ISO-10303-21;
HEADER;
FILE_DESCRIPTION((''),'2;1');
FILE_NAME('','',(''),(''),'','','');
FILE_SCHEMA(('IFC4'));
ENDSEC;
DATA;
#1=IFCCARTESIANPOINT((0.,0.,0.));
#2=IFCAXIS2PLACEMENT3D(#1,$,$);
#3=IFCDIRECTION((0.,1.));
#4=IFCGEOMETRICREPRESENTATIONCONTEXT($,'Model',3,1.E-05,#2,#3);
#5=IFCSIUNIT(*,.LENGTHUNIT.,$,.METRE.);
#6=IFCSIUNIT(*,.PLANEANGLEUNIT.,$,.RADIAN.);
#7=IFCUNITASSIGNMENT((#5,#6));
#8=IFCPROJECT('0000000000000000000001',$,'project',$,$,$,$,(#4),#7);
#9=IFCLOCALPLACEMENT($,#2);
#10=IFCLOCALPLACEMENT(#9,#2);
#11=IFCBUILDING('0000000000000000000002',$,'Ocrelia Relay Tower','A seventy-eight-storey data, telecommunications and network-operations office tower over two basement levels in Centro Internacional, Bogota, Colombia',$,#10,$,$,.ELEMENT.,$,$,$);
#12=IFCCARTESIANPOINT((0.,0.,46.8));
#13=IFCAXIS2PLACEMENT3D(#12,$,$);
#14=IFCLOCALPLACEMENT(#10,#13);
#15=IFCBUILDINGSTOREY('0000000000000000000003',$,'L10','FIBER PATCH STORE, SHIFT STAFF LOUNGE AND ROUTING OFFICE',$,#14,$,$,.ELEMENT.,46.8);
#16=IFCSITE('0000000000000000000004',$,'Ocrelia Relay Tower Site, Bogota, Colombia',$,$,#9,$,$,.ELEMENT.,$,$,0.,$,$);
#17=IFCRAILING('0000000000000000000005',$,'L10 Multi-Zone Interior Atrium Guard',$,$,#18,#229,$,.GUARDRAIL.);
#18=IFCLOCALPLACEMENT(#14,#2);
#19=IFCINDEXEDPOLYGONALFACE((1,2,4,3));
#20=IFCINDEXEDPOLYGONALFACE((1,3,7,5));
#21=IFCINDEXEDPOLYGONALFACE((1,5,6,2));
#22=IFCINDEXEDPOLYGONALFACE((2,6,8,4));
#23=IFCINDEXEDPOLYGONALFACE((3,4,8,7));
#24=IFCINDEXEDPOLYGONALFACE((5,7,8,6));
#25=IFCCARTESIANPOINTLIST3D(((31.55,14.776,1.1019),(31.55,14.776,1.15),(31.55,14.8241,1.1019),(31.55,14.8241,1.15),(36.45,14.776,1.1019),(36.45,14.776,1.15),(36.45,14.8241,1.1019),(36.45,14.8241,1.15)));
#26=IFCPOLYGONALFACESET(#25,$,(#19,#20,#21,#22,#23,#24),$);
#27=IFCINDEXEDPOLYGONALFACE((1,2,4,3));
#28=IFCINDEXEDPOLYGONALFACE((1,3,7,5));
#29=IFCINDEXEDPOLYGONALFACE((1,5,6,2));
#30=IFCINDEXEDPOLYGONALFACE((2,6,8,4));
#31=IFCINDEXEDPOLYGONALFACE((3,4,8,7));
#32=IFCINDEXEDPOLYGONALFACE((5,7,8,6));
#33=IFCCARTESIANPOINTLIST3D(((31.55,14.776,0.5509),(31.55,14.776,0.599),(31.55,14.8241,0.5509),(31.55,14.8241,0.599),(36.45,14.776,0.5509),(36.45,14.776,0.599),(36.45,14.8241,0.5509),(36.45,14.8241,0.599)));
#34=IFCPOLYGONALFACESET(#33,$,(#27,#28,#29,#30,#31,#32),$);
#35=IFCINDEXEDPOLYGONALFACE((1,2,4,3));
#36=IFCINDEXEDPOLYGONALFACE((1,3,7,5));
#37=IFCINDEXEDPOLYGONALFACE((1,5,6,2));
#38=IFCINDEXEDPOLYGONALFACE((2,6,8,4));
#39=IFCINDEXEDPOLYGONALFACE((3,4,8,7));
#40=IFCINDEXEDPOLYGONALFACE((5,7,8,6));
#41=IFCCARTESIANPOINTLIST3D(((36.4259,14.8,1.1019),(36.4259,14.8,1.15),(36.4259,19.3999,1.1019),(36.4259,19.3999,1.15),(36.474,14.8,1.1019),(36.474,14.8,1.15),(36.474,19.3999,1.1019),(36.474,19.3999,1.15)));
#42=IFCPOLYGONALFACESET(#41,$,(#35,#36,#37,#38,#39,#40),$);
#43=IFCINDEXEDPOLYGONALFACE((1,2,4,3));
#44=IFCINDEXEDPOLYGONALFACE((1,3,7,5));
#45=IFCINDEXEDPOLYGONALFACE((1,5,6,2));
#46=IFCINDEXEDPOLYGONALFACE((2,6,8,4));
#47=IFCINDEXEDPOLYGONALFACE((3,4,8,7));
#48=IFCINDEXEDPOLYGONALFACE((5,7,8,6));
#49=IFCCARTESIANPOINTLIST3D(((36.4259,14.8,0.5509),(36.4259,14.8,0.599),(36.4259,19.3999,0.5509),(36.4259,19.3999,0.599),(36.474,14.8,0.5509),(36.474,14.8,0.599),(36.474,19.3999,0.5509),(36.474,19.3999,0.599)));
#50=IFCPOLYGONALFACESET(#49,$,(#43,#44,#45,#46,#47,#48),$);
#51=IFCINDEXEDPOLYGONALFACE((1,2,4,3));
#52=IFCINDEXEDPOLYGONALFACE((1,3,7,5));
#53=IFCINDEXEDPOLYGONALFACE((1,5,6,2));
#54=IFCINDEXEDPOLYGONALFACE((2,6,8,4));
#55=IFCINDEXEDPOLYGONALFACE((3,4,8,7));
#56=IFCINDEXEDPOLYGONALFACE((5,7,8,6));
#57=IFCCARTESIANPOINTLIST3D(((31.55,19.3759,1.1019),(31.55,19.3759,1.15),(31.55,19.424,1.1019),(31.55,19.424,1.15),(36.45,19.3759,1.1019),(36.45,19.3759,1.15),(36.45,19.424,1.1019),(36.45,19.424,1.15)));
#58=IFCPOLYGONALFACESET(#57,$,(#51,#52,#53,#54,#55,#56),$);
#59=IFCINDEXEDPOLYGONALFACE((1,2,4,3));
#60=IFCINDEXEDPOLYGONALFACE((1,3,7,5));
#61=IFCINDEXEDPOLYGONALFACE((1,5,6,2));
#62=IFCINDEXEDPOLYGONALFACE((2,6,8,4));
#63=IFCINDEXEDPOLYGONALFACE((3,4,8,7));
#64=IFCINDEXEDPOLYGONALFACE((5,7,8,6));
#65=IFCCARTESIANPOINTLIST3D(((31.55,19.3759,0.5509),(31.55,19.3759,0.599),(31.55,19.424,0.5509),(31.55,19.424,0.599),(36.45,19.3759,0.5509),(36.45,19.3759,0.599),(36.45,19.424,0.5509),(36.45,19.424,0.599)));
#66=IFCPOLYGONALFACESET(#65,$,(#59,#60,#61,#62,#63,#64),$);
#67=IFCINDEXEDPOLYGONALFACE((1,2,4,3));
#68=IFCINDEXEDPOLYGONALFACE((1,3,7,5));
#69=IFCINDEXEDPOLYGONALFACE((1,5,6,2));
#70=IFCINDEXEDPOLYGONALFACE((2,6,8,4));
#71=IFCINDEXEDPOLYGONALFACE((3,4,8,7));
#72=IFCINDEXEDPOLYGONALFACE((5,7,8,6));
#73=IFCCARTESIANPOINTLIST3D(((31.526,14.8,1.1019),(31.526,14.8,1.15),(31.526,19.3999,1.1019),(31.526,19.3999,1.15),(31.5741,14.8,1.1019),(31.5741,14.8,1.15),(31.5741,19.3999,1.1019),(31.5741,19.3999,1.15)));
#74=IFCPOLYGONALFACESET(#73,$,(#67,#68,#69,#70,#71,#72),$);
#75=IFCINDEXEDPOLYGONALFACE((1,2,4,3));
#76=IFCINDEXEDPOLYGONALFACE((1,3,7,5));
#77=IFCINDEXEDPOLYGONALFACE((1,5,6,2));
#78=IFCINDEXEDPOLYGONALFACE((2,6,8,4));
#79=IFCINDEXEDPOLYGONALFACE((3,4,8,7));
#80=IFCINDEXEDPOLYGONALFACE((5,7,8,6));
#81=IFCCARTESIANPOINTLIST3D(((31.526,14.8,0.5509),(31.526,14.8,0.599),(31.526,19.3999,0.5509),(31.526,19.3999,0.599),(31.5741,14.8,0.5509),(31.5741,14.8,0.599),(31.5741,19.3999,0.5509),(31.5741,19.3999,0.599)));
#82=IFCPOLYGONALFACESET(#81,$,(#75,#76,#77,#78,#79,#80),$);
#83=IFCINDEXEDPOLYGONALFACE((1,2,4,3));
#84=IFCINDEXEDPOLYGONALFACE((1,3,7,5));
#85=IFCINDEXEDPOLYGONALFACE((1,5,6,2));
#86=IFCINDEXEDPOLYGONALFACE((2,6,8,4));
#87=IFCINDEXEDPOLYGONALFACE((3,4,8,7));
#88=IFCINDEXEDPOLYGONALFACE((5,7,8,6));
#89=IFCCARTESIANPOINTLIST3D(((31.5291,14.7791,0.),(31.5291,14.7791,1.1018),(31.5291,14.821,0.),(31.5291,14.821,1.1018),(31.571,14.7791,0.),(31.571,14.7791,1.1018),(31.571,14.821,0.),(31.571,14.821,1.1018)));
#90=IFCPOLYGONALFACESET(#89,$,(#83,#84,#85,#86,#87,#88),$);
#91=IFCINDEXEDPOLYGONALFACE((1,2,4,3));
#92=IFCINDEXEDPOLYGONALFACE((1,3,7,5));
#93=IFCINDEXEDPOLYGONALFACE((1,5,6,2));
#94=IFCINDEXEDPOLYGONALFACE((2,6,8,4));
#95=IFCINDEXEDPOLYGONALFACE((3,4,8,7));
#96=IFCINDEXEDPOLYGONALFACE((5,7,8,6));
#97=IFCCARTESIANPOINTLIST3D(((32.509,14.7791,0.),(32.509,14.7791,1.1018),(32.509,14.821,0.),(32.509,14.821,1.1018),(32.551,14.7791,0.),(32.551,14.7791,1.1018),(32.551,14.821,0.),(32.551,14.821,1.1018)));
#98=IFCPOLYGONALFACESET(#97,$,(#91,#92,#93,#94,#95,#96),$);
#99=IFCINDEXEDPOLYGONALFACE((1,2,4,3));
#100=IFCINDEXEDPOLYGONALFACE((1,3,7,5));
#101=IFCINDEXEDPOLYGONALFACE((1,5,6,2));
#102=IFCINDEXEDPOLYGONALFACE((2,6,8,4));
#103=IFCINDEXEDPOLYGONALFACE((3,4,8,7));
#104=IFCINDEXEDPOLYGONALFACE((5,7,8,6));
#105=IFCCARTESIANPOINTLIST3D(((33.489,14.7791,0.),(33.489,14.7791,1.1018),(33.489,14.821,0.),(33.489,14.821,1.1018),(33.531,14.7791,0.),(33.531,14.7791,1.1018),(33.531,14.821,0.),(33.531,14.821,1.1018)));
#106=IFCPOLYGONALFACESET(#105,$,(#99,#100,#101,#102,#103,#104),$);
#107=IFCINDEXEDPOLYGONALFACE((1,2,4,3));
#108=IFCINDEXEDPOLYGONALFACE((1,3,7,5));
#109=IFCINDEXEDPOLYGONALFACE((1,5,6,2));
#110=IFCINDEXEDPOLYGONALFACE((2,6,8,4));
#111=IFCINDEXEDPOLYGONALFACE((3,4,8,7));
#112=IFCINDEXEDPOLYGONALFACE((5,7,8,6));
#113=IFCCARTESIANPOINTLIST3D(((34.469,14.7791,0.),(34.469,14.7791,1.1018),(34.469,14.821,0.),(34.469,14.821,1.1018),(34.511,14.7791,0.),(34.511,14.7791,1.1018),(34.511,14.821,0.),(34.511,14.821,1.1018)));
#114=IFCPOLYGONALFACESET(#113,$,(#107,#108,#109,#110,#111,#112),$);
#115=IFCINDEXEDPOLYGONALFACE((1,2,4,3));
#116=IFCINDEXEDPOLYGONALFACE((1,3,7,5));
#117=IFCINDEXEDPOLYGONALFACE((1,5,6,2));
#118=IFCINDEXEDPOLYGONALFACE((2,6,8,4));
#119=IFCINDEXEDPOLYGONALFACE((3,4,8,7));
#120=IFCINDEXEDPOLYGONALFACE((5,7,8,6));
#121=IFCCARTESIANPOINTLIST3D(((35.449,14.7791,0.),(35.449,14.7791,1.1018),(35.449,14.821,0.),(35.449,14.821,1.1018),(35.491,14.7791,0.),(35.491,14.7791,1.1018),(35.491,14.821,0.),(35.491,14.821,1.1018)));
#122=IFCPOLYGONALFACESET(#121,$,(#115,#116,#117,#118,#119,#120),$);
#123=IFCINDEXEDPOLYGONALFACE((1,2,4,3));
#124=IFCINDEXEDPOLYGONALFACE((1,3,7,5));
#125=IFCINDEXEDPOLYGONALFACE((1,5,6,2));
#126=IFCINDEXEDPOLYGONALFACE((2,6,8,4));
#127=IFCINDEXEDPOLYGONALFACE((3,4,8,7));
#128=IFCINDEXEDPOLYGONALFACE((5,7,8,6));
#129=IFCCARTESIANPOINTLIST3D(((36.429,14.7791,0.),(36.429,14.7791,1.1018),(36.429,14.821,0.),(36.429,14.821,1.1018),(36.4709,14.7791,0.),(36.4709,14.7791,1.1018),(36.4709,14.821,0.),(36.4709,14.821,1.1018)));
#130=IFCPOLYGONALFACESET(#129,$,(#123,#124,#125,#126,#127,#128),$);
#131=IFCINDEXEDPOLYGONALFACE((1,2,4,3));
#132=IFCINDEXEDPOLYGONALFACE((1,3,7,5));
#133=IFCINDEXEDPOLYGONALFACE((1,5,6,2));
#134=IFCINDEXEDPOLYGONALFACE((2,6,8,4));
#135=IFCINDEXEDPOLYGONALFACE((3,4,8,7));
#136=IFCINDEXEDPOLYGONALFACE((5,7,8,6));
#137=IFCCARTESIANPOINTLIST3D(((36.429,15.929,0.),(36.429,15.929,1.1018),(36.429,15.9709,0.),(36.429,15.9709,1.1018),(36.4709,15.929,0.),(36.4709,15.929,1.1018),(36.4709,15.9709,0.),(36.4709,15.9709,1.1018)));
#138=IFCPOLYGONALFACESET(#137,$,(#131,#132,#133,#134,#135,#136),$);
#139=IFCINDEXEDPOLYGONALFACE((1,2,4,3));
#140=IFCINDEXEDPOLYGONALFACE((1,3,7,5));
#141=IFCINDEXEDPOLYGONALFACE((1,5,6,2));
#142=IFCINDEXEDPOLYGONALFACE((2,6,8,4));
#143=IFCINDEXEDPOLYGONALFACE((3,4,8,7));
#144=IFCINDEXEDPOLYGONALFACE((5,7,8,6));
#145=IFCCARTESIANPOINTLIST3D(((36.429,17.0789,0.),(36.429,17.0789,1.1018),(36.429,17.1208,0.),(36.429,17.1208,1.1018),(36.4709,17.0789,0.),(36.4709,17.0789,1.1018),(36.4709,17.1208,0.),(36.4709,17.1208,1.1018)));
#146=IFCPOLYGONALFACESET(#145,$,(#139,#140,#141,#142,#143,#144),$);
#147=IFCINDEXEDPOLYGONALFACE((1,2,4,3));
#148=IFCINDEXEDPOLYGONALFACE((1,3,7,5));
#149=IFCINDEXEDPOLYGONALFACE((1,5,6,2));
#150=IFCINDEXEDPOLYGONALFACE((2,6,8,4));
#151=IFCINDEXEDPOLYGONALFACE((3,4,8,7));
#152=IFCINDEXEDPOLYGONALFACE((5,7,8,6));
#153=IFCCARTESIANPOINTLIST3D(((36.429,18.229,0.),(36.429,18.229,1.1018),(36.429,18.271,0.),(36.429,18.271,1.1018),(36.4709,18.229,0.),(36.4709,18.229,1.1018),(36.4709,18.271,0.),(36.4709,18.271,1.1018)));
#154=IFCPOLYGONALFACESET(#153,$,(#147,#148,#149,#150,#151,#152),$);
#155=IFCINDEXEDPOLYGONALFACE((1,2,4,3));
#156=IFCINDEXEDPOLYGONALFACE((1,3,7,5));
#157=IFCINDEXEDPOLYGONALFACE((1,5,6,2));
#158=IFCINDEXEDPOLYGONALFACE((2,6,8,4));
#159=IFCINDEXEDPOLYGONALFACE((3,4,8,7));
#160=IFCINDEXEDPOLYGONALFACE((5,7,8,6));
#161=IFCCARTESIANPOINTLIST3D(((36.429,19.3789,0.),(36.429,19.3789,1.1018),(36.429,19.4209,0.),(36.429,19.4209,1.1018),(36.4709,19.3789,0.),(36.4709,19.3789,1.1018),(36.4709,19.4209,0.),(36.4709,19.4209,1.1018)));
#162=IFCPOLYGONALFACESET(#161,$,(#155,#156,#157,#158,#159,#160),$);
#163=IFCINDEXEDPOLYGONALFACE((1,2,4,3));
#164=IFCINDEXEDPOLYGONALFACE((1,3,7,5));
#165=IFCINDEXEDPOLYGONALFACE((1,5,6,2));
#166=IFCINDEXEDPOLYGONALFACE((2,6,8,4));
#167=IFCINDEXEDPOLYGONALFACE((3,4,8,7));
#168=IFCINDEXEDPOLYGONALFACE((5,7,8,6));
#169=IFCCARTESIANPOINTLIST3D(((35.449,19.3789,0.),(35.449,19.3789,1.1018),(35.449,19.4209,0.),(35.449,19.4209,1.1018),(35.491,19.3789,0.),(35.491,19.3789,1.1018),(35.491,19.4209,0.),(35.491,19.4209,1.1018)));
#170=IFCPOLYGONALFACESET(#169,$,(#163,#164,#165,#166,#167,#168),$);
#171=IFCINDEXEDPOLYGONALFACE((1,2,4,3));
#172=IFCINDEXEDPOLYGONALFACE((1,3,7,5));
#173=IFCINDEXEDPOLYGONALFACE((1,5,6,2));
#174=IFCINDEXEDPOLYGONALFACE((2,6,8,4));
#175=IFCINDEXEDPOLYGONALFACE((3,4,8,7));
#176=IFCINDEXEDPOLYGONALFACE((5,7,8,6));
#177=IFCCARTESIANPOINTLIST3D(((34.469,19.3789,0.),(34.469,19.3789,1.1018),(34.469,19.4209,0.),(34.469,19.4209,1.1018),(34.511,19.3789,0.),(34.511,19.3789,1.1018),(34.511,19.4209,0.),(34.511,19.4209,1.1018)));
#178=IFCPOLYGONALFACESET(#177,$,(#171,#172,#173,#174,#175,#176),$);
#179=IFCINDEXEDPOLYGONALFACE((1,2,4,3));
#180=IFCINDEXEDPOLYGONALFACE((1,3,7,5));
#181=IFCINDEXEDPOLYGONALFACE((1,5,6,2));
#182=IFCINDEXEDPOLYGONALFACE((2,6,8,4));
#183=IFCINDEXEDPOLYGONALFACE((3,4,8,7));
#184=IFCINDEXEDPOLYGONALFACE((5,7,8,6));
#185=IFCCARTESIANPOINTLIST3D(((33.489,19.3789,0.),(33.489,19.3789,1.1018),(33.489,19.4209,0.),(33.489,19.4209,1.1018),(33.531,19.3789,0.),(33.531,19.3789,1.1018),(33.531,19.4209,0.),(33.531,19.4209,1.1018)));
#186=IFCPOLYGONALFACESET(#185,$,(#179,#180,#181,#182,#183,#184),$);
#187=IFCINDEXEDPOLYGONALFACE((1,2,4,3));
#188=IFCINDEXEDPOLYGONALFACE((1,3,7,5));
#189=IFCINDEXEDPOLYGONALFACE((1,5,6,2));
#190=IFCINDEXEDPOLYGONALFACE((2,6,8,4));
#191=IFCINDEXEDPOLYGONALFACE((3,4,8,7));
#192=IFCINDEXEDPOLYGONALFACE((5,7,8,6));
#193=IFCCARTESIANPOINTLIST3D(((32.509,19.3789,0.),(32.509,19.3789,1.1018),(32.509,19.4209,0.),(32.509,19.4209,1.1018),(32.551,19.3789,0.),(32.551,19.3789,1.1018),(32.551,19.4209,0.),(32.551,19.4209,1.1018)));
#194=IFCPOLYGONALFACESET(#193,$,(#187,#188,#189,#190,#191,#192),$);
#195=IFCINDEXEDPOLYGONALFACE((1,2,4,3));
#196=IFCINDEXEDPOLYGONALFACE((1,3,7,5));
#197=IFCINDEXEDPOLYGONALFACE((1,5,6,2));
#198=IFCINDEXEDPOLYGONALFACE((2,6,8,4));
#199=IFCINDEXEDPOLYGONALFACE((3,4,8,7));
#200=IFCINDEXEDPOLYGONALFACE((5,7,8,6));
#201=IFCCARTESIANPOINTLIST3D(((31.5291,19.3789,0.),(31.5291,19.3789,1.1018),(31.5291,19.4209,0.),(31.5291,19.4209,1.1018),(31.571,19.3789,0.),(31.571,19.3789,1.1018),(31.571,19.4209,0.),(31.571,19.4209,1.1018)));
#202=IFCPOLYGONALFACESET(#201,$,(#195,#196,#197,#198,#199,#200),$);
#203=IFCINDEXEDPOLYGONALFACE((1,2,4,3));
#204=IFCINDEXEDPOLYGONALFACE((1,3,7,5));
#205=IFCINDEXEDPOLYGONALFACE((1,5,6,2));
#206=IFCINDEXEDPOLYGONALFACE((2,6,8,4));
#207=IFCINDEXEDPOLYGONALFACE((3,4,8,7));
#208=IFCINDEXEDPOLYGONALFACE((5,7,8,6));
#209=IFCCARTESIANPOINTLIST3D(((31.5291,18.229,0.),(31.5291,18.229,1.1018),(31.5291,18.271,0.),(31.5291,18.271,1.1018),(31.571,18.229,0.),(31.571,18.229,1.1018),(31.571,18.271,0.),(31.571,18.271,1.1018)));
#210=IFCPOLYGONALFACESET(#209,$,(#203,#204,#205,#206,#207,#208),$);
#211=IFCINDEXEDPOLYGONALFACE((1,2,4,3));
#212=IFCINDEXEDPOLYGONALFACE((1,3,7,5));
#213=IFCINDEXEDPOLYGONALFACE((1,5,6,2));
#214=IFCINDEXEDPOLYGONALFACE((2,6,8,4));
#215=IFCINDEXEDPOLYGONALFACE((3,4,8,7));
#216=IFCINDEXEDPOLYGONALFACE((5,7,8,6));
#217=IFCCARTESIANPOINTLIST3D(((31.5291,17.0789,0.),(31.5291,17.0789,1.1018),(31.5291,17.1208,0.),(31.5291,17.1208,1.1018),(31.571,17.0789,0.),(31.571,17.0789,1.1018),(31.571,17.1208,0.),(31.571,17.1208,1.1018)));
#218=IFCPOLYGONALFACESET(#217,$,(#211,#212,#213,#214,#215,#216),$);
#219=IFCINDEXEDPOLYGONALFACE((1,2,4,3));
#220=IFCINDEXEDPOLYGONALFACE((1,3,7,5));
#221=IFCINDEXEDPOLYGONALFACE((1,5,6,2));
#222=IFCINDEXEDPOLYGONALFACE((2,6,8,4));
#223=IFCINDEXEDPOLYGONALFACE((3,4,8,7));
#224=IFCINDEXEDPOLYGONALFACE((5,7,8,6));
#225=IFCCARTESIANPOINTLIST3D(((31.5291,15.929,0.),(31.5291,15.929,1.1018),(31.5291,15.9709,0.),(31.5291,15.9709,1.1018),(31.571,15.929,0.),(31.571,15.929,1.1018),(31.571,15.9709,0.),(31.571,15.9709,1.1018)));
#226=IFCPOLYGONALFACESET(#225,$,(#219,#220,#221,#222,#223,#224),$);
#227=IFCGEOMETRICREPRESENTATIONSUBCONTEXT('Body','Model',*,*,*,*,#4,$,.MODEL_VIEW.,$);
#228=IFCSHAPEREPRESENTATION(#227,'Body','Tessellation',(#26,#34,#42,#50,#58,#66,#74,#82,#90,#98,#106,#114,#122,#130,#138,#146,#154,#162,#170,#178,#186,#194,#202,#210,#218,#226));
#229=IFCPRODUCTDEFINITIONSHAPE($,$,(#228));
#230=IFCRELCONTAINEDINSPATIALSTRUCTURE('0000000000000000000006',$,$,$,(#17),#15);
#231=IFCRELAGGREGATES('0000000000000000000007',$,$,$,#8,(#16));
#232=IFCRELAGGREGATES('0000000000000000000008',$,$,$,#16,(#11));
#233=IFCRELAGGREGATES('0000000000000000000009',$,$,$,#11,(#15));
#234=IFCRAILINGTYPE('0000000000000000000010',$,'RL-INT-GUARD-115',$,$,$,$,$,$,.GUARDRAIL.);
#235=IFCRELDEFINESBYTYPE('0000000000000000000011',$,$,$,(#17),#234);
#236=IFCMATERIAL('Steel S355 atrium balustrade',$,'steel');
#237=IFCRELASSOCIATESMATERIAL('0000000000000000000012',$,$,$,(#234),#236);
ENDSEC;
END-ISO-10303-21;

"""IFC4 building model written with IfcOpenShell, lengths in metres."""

from ifc_helpers import new_model, si_unit, direction, frame, origin, origin_2d, place, context, subcontext, project, spatial, rectangle, extrude, material, type_object, element, save


model = new_model("IFC4")

# Units and contexts
model_context = context("Model", 3, precision=1e-05, world=origin(), true_north=direction((0.0, 1.0)))
body_context = subcontext(model_context, "Body", "Model", "MODEL_VIEW")
ifc_project = project(units=[si_unit("LENGTHUNIT", "METRE"), si_unit("PLANEANGLEUNIT", "RADIAN")], contexts=[model_context])

# Site, building, storey
site_placement = place(None, origin())
site = spatial("IfcSite", under=ifc_project, at=site_placement, Name="Ocrelia Relay Tower Site, Bogota, Colombia", CompositionType="ELEMENT", RefElevation=0.0)
building_placement = place(site_placement, origin())
building = spatial("IfcBuilding", under=site, at=building_placement, Name="Ocrelia Relay Tower", Description="A seventy-eight-storey data, telecommunications and network-operations office tower over two basement levels in Centro Internacional, Bogota, Colombia", CompositionType="ELEMENT")
storey_placement = place(building_placement, frame((0.0, 0.0, 46.8)))
storey = spatial("IfcBuildingStorey", under=building, at=storey_placement, Name="L10", Description="FIBER PATCH STORE, SHIFT STAFF LOUNGE AND ROUTING OFFICE", CompositionType="ELEMENT", Elevation=46.8)

# Railing
ifc_material_1 = material(Name="Steel S355 atrium balustrade", Category="steel")
railing_type_1 = type_object("IfcRailingType", Name="RL-INT-GUARD-115", PredefinedType="GUARDRAIL", material=ifc_material_1)
railing_1_placement = place(storey_placement, frame((31.55, 14.8, 0.0)))
element("IfcRailing", 1, at=railing_1_placement, inside=storey, type_object=railing_type_1, Name="L10 Multi-Zone Interior Atrium Guard", PredefinedType="GUARDRAIL", context=body_context, shape_type="SweptSolid", body=[
    extrude(rectangle(XDim=0.0481, YDim=0.0481, at=origin_2d()), frame((0.0, 0.0, 1.126), z_axis=(1.0, 0.0, 0.0), x_axis=(0.0, 1.0, 0.0)), (0.0, 0.0, 1.0), 4.8999),
    extrude(rectangle(XDim=0.0481, YDim=0.0481, at=origin_2d()), frame((0.0, 0.0, 0.575), z_axis=(1.0, 0.0, 0.0), x_axis=(0.0, 1.0, 0.0)), (0.0, 0.0, 1.0), 4.8999),
    extrude(rectangle(XDim=0.0481, YDim=0.0481, at=origin_2d()), frame((4.8999, 0.0, 1.126), z_axis=(0.0, 1.0, 0.0), x_axis=(-1.0, 0.0, 0.0)), (0.0, 0.0, 1.0), 4.5999),
    extrude(rectangle(XDim=0.0481, YDim=0.0481, at=origin_2d()), frame((4.8999, 0.0, 0.575), z_axis=(0.0, 1.0, 0.0), x_axis=(-1.0, 0.0, 0.0)), (0.0, 0.0, 1.0), 4.5999),
    extrude(rectangle(XDim=0.0481, YDim=0.0481, at=origin_2d()), frame((4.8999, 4.5999, 1.126), z_axis=(-1.0, 0.0, 0.0), x_axis=(0.0, -1.0, 0.0)), (0.0, 0.0, 1.0), 4.8999),
    extrude(rectangle(XDim=0.0481, YDim=0.0481, at=origin_2d()), frame((4.8999, 4.5999, 0.575), z_axis=(-1.0, 0.0, 0.0), x_axis=(0.0, -1.0, 0.0)), (0.0, 0.0, 1.0), 4.8999),
    extrude(rectangle(XDim=0.0481, YDim=0.0481, at=origin_2d()), frame((0.0, 4.5999, 1.126), z_axis=(0.0, -1.0, 0.0), x_axis=(1.0, 0.0, 0.0)), (0.0, 0.0, 1.0), 4.5999),
    extrude(rectangle(XDim=0.0481, YDim=0.0481, at=origin_2d()), frame((0.0, 4.5999, 0.575), z_axis=(0.0, -1.0, 0.0), x_axis=(1.0, 0.0, 0.0)), (0.0, 0.0, 1.0), 4.5999),
    extrude(rectangle(XDim=0.042, YDim=0.042, at=origin_2d()), origin(), (0.0, 0.0, 1.0), 1.1018),
    extrude(rectangle(XDim=0.042, YDim=0.042, at=origin_2d()), frame((0.98, 0.0, 0.0)), (0.0, 0.0, 1.0), 1.1018),
    extrude(rectangle(XDim=0.042, YDim=0.042, at=origin_2d()), frame((1.96, 0.0, 0.0)), (0.0, 0.0, 1.0), 1.1018),
    extrude(rectangle(XDim=0.042, YDim=0.042, at=origin_2d()), frame((2.9399, 0.0, 0.0)), (0.0, 0.0, 1.0), 1.1018),
    extrude(rectangle(XDim=0.042, YDim=0.042, at=origin_2d()), frame((3.9199, 0.0, 0.0)), (0.0, 0.0, 1.0), 1.1018),
    extrude(rectangle(XDim=0.042, YDim=0.042, at=origin_2d()), frame((4.8999, 0.0, 0.0)), (0.0, 0.0, 1.0), 1.1018),
    extrude(rectangle(XDim=0.042, YDim=0.042, at=origin_2d()), frame((4.8999, 1.1499, 0.0)), (0.0, 0.0, 1.0), 1.1018),
    extrude(rectangle(XDim=0.042, YDim=0.042, at=origin_2d()), frame((4.8999, 2.2998, 0.0)), (0.0, 0.0, 1.0), 1.1018),
    extrude(rectangle(XDim=0.042, YDim=0.042, at=origin_2d()), frame((4.8999, 3.45, 0.0)), (0.0, 0.0, 1.0), 1.1018),
    extrude(rectangle(XDim=0.042, YDim=0.042, at=origin_2d()), frame((4.8999, 4.5999, 0.0)), (0.0, 0.0, 1.0), 1.1018),
    extrude(rectangle(XDim=0.042, YDim=0.042, at=origin_2d()), frame((3.9199, 4.5999, 0.0)), (0.0, 0.0, 1.0), 1.1018),
    extrude(rectangle(XDim=0.042, YDim=0.042, at=origin_2d()), frame((2.9399, 4.5999, 0.0)), (0.0, 0.0, 1.0), 1.1018),
    extrude(rectangle(XDim=0.042, YDim=0.042, at=origin_2d()), frame((1.96, 4.5999, 0.0)), (0.0, 0.0, 1.0), 1.1018),
    extrude(rectangle(XDim=0.042, YDim=0.042, at=origin_2d()), frame((0.98, 4.5999, 0.0)), (0.0, 0.0, 1.0), 1.1018),
    extrude(rectangle(XDim=0.042, YDim=0.042, at=origin_2d()), frame((0.0, 4.5999, 0.0)), (0.0, 0.0, 1.0), 1.1018),
    extrude(rectangle(XDim=0.042, YDim=0.042, at=origin_2d()), frame((0.0, 3.45, 0.0)), (0.0, 0.0, 1.0), 1.1018),
    extrude(rectangle(XDim=0.042, YDim=0.042, at=origin_2d()), frame((0.0, 2.2998, 0.0)), (0.0, 0.0, 1.0), 1.1018),
    extrude(rectangle(XDim=0.042, YDim=0.042, at=origin_2d()), frame((0.0, 1.1499, 0.0)), (0.0, 0.0, 1.0), 1.1018),
])

save(model, "model.ifc")
